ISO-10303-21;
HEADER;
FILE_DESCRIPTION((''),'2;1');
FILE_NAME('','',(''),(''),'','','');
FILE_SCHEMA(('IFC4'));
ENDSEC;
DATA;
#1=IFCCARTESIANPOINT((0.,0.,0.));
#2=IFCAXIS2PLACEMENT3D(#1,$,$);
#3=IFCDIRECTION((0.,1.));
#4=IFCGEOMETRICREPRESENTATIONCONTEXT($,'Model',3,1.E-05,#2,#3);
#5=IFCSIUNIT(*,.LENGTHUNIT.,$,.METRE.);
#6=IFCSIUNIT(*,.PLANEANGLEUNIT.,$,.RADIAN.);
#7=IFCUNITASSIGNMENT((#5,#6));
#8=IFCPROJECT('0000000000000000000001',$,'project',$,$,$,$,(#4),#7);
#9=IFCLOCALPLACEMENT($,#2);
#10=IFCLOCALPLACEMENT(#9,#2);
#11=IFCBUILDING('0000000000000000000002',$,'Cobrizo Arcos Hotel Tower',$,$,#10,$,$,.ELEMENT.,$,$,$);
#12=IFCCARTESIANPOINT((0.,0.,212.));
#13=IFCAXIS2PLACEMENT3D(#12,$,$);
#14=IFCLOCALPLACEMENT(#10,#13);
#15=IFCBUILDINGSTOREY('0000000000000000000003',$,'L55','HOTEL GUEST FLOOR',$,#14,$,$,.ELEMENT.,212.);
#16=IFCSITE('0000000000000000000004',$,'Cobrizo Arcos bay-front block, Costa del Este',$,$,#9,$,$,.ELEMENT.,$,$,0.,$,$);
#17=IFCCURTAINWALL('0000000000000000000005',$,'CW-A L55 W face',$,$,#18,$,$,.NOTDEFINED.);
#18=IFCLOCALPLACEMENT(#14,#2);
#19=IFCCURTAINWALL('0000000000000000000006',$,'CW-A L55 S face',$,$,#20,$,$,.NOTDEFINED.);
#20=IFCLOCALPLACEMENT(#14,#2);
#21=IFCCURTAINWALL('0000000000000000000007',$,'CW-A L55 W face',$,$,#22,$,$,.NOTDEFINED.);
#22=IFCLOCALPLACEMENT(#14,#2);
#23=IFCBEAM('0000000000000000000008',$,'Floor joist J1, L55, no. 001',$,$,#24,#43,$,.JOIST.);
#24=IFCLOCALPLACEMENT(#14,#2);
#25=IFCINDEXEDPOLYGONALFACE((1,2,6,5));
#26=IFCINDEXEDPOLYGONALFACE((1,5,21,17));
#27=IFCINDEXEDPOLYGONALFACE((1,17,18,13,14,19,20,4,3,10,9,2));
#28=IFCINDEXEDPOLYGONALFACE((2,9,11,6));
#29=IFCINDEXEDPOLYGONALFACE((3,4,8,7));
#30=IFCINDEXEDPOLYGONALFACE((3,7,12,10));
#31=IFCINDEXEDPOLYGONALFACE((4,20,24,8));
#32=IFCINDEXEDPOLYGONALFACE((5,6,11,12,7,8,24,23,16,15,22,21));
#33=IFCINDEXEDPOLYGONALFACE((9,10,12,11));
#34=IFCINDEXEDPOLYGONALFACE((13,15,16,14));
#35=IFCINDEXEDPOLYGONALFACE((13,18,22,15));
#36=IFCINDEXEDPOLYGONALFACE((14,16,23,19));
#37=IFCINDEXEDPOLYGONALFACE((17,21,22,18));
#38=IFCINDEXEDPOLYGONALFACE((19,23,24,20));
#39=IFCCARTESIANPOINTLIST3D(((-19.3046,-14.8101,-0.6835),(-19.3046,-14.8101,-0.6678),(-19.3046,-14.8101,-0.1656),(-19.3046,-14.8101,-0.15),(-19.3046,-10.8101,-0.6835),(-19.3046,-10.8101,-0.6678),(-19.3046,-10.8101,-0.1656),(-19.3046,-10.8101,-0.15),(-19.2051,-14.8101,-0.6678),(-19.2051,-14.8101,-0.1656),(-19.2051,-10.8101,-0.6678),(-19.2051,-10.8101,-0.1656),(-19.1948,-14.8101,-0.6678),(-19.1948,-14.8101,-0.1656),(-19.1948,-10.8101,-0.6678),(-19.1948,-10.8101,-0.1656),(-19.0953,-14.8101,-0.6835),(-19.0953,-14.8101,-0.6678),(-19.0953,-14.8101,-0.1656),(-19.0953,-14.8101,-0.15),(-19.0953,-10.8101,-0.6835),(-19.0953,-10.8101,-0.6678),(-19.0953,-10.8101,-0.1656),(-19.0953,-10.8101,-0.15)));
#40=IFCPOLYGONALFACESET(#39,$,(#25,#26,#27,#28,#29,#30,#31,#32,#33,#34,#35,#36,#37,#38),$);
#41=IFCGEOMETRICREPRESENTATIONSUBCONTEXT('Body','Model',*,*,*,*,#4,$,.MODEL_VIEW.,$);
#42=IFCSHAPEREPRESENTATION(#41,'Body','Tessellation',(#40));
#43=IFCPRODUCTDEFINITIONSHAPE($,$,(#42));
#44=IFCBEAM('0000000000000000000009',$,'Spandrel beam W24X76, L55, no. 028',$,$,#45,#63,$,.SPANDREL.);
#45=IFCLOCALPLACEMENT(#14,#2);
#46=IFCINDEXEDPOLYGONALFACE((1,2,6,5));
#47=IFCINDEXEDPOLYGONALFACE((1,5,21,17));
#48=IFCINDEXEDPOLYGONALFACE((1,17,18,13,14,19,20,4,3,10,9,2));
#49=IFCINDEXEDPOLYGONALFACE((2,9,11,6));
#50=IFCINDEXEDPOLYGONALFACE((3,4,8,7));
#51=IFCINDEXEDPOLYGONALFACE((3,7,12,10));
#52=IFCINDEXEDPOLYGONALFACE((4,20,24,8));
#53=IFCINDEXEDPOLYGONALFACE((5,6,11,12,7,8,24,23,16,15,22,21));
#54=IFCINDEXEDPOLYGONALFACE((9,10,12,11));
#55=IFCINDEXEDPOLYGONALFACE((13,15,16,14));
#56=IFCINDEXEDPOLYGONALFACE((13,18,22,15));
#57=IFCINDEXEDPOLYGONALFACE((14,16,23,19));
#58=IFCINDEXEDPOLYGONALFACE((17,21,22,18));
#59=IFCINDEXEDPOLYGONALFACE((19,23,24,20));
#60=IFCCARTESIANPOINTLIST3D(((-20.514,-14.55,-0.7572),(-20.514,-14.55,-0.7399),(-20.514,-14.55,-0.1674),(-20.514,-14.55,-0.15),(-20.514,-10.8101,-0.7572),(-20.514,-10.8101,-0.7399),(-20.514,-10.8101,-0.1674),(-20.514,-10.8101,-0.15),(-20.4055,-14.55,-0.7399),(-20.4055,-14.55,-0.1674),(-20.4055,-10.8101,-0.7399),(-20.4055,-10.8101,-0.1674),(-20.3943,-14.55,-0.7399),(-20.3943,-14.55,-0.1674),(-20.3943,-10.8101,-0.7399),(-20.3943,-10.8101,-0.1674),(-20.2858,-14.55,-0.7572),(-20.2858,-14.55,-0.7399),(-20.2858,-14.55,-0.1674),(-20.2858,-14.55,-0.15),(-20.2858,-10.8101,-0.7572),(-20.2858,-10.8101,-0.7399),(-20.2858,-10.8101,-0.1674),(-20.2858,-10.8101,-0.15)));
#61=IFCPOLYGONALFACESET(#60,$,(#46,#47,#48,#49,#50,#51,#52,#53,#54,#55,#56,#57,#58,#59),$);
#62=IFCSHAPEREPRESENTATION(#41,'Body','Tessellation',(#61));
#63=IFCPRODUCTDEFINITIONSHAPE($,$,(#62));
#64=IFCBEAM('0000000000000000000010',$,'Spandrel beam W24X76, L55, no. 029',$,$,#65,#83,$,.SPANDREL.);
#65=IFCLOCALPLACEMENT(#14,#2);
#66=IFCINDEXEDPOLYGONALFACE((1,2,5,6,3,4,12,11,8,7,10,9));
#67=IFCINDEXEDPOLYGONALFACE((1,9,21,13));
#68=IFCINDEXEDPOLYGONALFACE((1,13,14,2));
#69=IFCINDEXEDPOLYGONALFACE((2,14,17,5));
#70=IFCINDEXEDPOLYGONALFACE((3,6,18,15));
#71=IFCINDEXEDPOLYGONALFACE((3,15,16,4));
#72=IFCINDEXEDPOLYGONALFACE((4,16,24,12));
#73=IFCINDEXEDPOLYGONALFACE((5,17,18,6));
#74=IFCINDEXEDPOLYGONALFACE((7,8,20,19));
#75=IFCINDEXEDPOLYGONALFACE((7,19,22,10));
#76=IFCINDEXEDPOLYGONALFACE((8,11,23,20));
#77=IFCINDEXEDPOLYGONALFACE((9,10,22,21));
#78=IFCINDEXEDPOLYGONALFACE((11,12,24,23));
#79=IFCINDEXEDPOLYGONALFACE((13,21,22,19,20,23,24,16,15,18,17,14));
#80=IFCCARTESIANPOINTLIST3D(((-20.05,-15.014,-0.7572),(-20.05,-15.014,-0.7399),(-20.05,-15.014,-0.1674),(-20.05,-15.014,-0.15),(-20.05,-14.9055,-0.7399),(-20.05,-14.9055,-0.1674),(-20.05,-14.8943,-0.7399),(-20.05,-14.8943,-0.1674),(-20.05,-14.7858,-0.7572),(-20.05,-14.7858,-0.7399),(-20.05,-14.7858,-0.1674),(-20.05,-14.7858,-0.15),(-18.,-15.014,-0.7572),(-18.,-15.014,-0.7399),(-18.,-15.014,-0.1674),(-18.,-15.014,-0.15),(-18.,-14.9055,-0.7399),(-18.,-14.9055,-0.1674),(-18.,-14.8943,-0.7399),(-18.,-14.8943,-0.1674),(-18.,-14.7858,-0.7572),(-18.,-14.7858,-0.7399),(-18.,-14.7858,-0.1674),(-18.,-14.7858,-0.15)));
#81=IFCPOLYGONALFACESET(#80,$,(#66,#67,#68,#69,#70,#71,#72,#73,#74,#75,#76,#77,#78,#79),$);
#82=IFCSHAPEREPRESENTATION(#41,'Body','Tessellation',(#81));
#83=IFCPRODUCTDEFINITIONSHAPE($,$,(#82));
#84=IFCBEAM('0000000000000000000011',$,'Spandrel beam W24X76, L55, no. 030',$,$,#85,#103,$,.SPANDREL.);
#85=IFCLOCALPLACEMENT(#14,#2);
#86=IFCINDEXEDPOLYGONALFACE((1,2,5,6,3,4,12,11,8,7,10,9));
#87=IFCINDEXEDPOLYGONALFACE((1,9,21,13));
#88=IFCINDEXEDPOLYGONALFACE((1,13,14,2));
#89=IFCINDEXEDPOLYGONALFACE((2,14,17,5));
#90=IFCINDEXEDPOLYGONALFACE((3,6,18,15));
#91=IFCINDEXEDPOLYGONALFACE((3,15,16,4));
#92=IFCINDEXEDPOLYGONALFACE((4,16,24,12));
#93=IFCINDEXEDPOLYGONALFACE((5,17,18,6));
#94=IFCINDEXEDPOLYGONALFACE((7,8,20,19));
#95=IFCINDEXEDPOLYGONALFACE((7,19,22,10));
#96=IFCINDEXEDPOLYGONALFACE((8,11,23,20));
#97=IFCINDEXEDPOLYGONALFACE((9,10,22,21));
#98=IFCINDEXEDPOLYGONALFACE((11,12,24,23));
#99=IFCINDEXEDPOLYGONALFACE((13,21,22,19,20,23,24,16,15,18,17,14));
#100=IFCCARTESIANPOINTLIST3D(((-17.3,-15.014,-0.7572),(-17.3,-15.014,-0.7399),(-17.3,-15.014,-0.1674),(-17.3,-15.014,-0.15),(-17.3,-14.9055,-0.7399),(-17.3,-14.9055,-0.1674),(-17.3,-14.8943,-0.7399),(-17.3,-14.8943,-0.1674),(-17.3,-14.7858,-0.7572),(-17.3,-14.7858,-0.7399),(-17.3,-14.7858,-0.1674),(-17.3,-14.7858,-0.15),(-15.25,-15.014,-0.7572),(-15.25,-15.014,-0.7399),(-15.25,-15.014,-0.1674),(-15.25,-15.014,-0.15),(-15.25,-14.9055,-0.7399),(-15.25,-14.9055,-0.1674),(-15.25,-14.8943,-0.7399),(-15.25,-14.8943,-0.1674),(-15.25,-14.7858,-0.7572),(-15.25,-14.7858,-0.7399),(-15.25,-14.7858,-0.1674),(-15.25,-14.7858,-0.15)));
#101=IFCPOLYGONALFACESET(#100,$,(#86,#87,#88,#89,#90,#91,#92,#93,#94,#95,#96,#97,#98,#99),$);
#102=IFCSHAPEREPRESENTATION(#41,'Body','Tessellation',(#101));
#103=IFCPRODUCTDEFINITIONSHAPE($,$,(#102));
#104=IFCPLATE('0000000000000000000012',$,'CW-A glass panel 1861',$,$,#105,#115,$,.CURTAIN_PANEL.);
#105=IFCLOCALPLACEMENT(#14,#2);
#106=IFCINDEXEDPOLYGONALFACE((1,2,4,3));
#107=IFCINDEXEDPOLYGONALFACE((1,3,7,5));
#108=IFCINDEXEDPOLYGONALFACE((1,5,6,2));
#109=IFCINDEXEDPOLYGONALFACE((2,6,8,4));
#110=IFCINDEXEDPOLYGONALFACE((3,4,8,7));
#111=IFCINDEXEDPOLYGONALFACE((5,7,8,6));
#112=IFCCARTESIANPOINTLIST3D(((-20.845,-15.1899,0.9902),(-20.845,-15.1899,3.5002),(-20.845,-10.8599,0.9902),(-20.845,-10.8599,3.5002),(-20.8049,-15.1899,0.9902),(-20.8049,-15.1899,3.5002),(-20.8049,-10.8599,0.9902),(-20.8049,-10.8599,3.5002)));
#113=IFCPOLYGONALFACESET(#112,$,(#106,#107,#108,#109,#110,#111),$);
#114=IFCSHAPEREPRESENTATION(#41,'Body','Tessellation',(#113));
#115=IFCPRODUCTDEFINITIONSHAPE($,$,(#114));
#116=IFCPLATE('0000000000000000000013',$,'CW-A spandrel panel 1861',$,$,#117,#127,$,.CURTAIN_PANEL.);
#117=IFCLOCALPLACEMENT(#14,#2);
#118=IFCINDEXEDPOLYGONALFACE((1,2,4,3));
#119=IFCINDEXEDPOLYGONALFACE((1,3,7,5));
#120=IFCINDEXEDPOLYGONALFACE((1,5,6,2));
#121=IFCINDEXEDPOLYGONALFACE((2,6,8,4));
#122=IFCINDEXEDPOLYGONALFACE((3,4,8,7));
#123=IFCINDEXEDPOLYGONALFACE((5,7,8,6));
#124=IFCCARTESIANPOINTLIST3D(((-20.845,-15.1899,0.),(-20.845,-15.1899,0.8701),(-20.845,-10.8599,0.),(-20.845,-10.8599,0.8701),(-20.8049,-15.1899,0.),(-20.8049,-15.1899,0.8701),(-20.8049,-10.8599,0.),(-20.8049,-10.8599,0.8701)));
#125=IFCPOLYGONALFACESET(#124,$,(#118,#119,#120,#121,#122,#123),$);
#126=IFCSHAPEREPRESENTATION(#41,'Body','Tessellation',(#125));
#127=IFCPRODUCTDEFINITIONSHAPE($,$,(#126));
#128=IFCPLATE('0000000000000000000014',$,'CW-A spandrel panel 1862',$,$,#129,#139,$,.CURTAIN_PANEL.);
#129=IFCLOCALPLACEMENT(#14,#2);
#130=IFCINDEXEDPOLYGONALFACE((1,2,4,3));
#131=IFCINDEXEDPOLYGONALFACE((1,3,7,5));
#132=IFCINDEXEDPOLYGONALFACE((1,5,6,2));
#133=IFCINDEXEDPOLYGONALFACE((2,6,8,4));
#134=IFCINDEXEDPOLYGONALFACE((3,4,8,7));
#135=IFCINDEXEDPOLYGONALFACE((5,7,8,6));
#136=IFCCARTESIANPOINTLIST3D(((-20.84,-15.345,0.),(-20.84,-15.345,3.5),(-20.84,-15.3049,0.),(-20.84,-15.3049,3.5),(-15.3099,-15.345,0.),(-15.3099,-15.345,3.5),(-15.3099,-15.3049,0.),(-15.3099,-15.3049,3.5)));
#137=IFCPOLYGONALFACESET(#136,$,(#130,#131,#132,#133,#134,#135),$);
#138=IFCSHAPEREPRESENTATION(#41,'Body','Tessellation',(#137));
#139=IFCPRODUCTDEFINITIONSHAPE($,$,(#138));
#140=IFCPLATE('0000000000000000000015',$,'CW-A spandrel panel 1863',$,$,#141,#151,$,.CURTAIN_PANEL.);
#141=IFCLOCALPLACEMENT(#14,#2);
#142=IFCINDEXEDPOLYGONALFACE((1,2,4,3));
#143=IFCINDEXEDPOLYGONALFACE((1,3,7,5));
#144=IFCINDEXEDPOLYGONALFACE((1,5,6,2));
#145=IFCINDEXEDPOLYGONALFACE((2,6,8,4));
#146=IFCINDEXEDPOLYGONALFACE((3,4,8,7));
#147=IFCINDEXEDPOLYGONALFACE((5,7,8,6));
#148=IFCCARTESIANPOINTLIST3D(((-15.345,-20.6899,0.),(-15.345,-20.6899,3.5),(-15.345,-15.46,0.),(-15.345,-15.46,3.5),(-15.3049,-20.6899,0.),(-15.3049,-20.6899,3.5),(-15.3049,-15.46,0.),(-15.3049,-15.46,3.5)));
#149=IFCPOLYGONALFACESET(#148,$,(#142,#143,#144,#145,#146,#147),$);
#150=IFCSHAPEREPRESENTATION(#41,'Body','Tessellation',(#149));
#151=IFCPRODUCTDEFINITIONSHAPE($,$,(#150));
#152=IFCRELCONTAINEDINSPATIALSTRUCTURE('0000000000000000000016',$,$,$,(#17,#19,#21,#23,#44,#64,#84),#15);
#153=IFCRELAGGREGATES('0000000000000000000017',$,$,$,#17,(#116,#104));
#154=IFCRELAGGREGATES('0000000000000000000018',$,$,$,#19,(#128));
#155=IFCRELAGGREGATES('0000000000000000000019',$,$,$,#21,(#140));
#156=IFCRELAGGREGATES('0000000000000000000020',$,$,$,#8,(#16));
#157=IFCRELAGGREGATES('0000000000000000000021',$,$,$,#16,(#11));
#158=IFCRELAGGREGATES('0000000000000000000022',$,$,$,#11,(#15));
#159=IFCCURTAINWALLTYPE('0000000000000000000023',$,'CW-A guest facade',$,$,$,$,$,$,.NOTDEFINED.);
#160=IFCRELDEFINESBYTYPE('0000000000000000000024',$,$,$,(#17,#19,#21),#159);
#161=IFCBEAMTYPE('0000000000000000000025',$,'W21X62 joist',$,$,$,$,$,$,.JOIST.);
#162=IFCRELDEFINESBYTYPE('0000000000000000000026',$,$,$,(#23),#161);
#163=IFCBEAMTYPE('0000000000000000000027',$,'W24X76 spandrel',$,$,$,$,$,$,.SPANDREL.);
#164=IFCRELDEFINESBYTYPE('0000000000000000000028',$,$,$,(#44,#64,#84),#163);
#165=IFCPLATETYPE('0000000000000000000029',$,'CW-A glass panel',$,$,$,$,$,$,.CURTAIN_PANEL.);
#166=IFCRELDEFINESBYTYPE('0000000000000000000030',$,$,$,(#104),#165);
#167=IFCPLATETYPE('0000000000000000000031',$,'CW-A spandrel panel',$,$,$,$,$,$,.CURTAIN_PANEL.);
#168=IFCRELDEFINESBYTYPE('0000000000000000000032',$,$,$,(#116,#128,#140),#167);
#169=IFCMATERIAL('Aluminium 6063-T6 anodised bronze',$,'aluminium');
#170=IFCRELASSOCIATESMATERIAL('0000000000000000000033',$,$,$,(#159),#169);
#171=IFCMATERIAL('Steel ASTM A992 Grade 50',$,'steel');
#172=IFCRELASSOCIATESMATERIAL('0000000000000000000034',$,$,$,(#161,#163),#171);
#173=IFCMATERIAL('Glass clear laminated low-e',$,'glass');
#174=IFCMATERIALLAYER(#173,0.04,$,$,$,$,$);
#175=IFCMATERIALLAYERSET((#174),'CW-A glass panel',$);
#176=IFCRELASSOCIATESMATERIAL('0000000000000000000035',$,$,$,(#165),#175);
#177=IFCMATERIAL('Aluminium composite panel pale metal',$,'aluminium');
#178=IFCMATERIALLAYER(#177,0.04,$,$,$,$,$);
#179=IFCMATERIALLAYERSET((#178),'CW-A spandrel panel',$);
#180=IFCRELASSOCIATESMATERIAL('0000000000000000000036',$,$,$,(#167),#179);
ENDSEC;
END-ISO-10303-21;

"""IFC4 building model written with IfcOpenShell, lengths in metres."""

from ifc_helpers import new_model, si_unit, direction, frame, origin, origin_2d, place, context, subcontext, project, spatial, rectangle, i_section, extrude, material, layer, layer_set, material_profile, profile_set, type_object, element, aggregate, save


model = new_model("IFC4")

# Units and contexts
model_context = context("Model", 3, precision=1e-05, world=origin(), true_north=direction((0.0, 1.0)))
body_context = subcontext(model_context, "Body", "Model", "MODEL_VIEW")
ifc_project = project(units=[si_unit("LENGTHUNIT", "METRE"), si_unit("PLANEANGLEUNIT", "RADIAN")], contexts=[model_context])

# Site, building, storey
site_placement = place(None, origin())
site = spatial("IfcSite", under=ifc_project, at=site_placement, Name="Cobrizo Arcos bay-front block, Costa del Este", CompositionType="ELEMENT", RefElevation=0.0)
building_placement = place(site_placement, origin())
building = spatial("IfcBuilding", under=site, at=building_placement, Name="Cobrizo Arcos Hotel Tower", CompositionType="ELEMENT")
storey_placement = place(building_placement, frame((0.0, 0.0, 212.0)))
storey = spatial("IfcBuildingStorey", under=building, at=storey_placement, Name="L55", Description="HOTEL GUEST FLOOR", CompositionType="ELEMENT", Elevation=212.0)

# Shared definitions
ifc_material_1 = material(Name="Aluminium 6063-T6 anodised bronze", Category="aluminium")
curtain_wall_type = type_object("IfcCurtainWallType", Name="CW-A guest facade", PredefinedType="NOTDEFINED", material=ifc_material_1)

# Curtain walls
curtain_wall_1_placement = place(storey_placement, origin())
curtain_wall_1 = element("IfcCurtainWall", 1, at=curtain_wall_1_placement, inside=storey, type_object=curtain_wall_type, Name="CW-A L55 W face", PredefinedType="NOTDEFINED")
curtain_wall_2_placement = place(storey_placement, origin())
curtain_wall_2 = element("IfcCurtainWall", 2, at=curtain_wall_2_placement, inside=storey, type_object=curtain_wall_type, Name="CW-A L55 S face", PredefinedType="NOTDEFINED")
curtain_wall_3_placement = place(storey_placement, origin())
curtain_wall_3 = element("IfcCurtainWall", 3, at=curtain_wall_3_placement, inside=storey, type_object=curtain_wall_type, Name="CW-A L55 W face", PredefinedType="NOTDEFINED")

# Beams
ifc_material_2 = material(Name="Steel ASTM A992 Grade 50", Category="steel")
ifc_material_profile_1 = material_profile(ifc_material_2, i_section(OverallWidth=0.2092, OverallDepth=0.5334, WebThickness=0.0103, FlangeThickness=0.0156, at=origin_2d()), Name="W21X62")
ifc_profile_set_1 = profile_set([ifc_material_profile_1], Name="Steel ASTM A992 Grade 50")
beam_type_1 = type_object("IfcBeamType", Name="W21X62 joist", PredefinedType="JOIST", material=ifc_profile_set_1)
beam_1_placement = place(storey_placement, frame((-19.2, -14.8101, -0.4167), z_axis=(0.0, 1.0, 0.0), x_axis=(-1.0, 0.0, 0.0)))
element("IfcBeam", 4, at=beam_1_placement, inside=storey, type_object=beam_type_1, Name="Floor joist J1, L55, no. 001", PredefinedType="JOIST", context=body_context, shape_type="SweptSolid", body=[
    extrude(i_section(OverallWidth=0.2092, OverallDepth=0.5334, WebThickness=0.0103, FlangeThickness=0.0156, at=origin_2d()), origin(), (0.0, 0.0, 1.0), 4.0),
])
ifc_material_profile_2 = material_profile(ifc_material_2, i_section(OverallWidth=0.2283, OverallDepth=0.6072, WebThickness=0.0112, FlangeThickness=0.0173, at=origin_2d()), Name="W24X76")
ifc_profile_set_2 = profile_set([ifc_material_profile_2], Name="Steel ASTM A992 Grade 50")
beam_type_2 = type_object("IfcBeamType", Name="W24X76 spandrel", PredefinedType="SPANDREL", material=ifc_profile_set_2)
beam_2_placement = place(storey_placement, frame((-20.3999, -10.8101, -0.4536), z_axis=(0.0, -1.0, 0.0), x_axis=(1.0, 0.0, 0.0)))
element("IfcBeam", 5, at=beam_2_placement, inside=storey, type_object=beam_type_2, Name="Spandrel beam W24X76, L55, no. 028", PredefinedType="SPANDREL", context=body_context, shape_type="SweptSolid", body=[
    extrude(i_section(OverallWidth=0.2283, OverallDepth=0.6072, WebThickness=0.0112, FlangeThickness=0.0173, at=origin_2d()), origin(), (0.0, 0.0, 1.0), 3.74),
])
for number, where, z_axis, x_axis, name in (
    (6, (-20.05, -14.8999, -0.4536), (1.0, 0.0, 0.0), (0.0, 1.0, 0.0), "Spandrel beam W24X76, L55, no. 029"),
    (7, (-17.3, -14.8999, -0.4536), (1.0, 0.0, 0.0), (0.0, 1.0, 0.0), "Spandrel beam W24X76, L55, no. 030"),
):
    element("IfcBeam", number, at=place(storey_placement, frame(where, z_axis=z_axis, x_axis=x_axis)), inside=storey, type_object=beam_type_2, Name=name, PredefinedType="SPANDREL", context=body_context, shape_type="SweptSolid", body=[
        extrude(i_section(OverallWidth=0.2283, OverallDepth=0.6072, WebThickness=0.0112, FlangeThickness=0.0173, at=origin_2d()), origin(), (0.0, 0.0, 1.0), 2.05),
    ])

# Plates
ifc_material_3 = material(Name="Glass clear laminated low-e", Category="glass")
ifc_layer_1 = layer(ifc_material_3, 0.04)
ifc_layer_set_1 = layer_set([ifc_layer_1], Name="CW-A glass panel")
plate_type_1 = type_object("IfcPlateType", Name="CW-A glass panel", PredefinedType="CURTAIN_PANEL", material=ifc_layer_set_1)
plate_1_placement = place(storey_placement, frame((-20.825, -13.0249, 0.9902), z_axis=(0.0, 0.0, 1.0), x_axis=(0.0, -1.0, 0.0)))
plate_1 = element("IfcPlate", 8, at=plate_1_placement, type_object=plate_type_1, Name="CW-A glass panel 1861", PredefinedType="CURTAIN_PANEL", context=body_context, shape_type="SweptSolid", body=[
    extrude(rectangle(XDim=4.3301, YDim=0.04, at=origin_2d()), origin(), (0.0, 0.0, 1.0), 2.51),
])
ifc_material_4 = material(Name="Aluminium composite panel pale metal", Category="aluminium")
ifc_layer_2 = layer(ifc_material_4, 0.04)
ifc_layer_set_2 = layer_set([ifc_layer_2], Name="CW-A spandrel panel")
plate_type_2 = type_object("IfcPlateType", Name="CW-A spandrel panel", PredefinedType="CURTAIN_PANEL", material=ifc_layer_set_2)
plate_2_placement = place(storey_placement, frame((-20.825, -13.0249, 0.0), z_axis=(0.0, 0.0, 1.0), x_axis=(0.0, -1.0, 0.0)))
plate_2 = element("IfcPlate", 9, at=plate_2_placement, type_object=plate_type_2, Name="CW-A spandrel panel 1861", PredefinedType="CURTAIN_PANEL", context=body_context, shape_type="SweptSolid", body=[
    extrude(rectangle(XDim=4.3301, YDim=0.04, at=origin_2d()), origin(), (0.0, 0.0, 1.0), 0.8701),
])
aggregate(curtain_wall_1, [plate_2, plate_1])
plate_3_placement = place(storey_placement, frame((-18.075, -15.325, 0.0), z_axis=(0.0, 0.0, 1.0), x_axis=(1.0, 0.0, 0.0)))
plate_3 = element("IfcPlate", 10, at=plate_3_placement, type_object=plate_type_2, Name="CW-A spandrel panel 1862", PredefinedType="CURTAIN_PANEL", context=body_context, shape_type="SweptSolid", body=[
    extrude(rectangle(XDim=5.53, YDim=0.04, at=origin_2d()), origin(), (0.0, 0.0, 1.0), 3.5),
])
aggregate(curtain_wall_2, [plate_3])
plate_4_placement = place(storey_placement, frame((-15.325, -18.075, 0.0), z_axis=(0.0, 0.0, 1.0), x_axis=(0.0, -1.0, 0.0)))
plate_4 = element("IfcPlate", 11, at=plate_4_placement, type_object=plate_type_2, Name="CW-A spandrel panel 1863", PredefinedType="CURTAIN_PANEL", context=body_context, shape_type="SweptSolid", body=[
    extrude(rectangle(XDim=5.23, YDim=0.04, at=origin_2d()), origin(), (0.0, 0.0, 1.0), 3.5),
])
aggregate(curtain_wall_3, [plate_4])

save(model, "model.ifc")
